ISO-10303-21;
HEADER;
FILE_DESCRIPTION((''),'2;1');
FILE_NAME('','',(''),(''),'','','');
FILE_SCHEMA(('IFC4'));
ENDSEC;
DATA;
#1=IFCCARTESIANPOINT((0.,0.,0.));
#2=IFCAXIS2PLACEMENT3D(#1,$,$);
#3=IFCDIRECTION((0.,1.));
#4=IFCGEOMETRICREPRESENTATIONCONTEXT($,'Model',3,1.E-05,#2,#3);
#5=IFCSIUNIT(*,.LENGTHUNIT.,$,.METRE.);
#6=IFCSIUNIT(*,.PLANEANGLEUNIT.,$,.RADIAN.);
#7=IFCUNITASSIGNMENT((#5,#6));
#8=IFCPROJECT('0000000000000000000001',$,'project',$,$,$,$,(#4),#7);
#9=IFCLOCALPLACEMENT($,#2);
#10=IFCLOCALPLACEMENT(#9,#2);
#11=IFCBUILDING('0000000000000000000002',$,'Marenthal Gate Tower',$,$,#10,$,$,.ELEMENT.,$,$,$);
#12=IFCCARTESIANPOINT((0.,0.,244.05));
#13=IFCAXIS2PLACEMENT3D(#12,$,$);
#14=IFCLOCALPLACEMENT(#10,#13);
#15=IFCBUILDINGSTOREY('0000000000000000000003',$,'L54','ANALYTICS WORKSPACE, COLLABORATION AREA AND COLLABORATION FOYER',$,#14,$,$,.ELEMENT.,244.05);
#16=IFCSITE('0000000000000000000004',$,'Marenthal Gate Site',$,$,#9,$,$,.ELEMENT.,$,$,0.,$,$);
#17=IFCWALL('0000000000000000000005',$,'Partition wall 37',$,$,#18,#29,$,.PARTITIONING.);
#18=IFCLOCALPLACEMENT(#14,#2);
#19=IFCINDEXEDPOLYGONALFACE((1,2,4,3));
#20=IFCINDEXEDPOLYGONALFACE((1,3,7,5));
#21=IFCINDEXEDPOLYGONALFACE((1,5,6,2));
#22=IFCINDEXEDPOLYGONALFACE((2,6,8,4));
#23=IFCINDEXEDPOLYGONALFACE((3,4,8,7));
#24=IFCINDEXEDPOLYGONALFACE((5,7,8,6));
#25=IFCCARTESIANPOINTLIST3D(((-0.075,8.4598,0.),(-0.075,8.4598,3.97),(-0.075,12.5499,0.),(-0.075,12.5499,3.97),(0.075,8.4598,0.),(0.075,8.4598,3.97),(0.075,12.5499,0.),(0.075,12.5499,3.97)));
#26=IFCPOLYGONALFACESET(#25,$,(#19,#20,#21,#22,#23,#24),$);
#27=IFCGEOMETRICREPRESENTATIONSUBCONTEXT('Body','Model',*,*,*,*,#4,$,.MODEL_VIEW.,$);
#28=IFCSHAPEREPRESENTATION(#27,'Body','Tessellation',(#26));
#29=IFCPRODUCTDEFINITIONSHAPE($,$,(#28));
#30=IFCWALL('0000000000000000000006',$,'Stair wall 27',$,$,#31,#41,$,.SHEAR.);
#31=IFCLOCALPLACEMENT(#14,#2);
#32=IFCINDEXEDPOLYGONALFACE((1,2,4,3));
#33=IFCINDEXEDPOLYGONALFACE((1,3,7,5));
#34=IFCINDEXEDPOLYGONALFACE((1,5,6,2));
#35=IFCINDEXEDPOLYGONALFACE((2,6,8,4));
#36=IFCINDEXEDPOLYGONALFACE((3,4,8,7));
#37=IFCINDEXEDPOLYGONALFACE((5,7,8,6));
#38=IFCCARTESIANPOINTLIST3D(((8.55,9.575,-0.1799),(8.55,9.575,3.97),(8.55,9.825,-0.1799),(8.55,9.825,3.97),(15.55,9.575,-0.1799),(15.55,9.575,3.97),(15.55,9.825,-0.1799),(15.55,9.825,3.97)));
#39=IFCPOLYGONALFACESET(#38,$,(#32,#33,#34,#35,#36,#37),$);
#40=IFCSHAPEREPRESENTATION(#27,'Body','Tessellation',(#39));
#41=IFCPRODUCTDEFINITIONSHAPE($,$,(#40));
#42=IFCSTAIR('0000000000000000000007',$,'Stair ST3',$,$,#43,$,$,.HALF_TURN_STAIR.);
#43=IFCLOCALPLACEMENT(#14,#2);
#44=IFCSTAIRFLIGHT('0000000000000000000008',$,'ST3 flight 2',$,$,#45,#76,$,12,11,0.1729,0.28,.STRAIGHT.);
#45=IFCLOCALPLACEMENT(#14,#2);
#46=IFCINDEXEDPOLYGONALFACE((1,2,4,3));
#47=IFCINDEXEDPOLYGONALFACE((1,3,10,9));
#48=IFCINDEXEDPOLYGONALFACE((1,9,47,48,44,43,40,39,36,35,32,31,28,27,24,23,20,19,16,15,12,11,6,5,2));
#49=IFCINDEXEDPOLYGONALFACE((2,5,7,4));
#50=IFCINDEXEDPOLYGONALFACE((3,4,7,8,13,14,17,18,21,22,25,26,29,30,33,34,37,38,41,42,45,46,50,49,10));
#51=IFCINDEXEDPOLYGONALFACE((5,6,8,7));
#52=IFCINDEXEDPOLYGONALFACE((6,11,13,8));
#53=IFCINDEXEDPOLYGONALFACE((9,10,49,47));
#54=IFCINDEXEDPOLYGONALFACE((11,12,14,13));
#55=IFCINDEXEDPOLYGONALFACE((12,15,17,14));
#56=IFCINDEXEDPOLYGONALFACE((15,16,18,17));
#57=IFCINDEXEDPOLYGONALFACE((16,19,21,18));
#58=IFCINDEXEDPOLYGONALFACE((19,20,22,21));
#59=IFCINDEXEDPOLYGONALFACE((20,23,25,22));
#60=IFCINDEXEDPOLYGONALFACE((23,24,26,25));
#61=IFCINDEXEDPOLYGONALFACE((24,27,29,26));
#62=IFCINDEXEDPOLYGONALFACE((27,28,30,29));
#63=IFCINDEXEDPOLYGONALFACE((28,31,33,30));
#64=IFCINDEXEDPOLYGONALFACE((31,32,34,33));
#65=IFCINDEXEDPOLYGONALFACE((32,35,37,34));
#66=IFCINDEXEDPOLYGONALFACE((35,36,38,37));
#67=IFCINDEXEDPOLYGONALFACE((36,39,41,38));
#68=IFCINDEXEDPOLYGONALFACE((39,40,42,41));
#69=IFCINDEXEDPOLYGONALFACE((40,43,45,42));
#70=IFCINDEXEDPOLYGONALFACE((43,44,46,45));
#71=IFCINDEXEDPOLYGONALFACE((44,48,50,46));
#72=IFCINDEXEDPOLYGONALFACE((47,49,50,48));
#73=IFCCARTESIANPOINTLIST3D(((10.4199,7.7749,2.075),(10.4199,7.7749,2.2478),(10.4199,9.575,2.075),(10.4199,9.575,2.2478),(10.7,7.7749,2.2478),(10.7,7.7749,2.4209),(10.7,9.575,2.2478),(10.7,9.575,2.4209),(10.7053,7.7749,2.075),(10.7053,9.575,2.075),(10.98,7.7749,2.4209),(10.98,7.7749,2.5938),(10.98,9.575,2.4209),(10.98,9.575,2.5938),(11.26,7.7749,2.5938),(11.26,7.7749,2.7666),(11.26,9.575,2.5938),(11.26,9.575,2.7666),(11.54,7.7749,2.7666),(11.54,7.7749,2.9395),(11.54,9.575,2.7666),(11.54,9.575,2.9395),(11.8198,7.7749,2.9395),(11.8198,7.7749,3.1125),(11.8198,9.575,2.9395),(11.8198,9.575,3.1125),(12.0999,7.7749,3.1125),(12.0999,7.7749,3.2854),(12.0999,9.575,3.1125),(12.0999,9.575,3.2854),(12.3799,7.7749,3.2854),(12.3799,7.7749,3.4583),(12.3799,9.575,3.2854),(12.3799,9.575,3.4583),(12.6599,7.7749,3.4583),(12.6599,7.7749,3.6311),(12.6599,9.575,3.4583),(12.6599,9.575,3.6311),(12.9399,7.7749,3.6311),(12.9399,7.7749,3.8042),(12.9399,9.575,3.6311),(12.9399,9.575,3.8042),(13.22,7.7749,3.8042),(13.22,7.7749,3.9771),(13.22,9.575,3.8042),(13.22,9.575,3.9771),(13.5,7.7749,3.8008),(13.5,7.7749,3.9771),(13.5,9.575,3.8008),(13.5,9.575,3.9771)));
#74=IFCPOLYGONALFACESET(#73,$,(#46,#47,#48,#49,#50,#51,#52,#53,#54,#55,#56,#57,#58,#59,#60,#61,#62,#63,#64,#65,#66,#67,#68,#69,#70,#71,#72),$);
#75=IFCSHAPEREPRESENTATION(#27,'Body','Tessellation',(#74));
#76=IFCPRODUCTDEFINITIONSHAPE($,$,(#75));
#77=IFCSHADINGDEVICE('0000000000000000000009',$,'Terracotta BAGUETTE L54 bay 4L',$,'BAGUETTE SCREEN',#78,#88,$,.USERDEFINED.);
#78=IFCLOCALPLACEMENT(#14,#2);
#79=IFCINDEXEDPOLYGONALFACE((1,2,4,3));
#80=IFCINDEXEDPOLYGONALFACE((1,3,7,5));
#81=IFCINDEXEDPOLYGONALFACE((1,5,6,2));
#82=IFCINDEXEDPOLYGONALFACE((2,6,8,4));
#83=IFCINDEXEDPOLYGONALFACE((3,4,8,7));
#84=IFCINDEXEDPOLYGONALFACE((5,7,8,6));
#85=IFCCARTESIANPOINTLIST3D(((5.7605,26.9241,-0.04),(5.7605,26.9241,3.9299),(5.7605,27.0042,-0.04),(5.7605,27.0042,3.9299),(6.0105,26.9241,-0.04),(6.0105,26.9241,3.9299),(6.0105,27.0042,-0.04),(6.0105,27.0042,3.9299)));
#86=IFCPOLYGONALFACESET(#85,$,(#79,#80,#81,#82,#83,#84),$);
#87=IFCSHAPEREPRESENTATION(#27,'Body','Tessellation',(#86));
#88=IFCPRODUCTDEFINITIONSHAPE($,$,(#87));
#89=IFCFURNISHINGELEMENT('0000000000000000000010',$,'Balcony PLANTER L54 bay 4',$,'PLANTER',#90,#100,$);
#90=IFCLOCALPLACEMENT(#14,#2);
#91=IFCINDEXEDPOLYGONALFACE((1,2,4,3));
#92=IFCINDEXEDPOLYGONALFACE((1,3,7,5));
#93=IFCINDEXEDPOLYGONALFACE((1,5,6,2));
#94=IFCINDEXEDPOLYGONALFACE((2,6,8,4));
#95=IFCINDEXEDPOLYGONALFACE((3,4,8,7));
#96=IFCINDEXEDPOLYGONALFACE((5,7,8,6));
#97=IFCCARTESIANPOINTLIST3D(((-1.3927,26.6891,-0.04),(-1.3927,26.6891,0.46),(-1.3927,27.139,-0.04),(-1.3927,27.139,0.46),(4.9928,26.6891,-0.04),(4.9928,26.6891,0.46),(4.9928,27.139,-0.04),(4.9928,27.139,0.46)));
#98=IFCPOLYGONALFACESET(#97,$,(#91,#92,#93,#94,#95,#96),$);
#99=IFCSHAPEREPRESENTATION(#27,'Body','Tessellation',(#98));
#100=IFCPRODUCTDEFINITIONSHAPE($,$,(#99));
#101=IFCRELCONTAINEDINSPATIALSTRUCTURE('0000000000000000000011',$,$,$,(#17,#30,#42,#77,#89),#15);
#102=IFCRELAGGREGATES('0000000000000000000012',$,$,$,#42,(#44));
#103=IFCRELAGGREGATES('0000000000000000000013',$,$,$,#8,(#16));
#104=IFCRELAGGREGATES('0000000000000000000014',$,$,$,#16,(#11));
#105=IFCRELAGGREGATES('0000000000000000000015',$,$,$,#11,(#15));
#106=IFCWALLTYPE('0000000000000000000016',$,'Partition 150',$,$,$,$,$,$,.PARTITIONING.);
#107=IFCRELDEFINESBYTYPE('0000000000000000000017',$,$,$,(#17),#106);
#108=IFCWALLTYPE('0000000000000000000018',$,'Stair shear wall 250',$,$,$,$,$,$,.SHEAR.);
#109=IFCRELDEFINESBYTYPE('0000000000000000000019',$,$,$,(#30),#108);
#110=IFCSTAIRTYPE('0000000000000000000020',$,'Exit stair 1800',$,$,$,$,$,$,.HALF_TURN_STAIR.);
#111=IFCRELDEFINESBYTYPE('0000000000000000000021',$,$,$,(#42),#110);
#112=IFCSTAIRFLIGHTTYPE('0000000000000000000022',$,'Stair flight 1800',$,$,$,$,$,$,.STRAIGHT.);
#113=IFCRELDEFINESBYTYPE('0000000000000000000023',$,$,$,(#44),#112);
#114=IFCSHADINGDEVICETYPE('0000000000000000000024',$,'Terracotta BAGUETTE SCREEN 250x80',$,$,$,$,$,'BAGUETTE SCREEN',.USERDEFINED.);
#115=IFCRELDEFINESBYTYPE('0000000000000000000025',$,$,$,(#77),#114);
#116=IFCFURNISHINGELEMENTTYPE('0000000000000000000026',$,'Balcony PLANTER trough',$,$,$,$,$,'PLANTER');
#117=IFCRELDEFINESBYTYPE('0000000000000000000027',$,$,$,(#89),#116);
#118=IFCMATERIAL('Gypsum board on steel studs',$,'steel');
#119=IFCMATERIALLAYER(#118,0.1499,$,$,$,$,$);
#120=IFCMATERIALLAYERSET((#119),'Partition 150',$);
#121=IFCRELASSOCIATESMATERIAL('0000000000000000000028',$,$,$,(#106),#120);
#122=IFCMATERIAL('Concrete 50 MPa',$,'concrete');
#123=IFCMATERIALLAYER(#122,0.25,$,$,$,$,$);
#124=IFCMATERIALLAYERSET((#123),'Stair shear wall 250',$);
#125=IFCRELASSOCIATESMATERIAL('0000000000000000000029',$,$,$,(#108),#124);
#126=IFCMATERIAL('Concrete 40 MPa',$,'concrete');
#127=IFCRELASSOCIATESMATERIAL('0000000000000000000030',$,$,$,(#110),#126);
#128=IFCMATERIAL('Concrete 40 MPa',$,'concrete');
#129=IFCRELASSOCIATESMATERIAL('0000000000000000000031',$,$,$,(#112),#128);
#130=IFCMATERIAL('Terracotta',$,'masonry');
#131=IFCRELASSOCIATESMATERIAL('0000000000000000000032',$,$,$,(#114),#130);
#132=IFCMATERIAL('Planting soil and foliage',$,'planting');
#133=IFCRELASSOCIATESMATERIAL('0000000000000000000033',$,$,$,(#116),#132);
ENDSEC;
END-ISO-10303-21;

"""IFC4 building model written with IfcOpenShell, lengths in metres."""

from ifc_helpers import new_model, si_unit, direction, frame, frame_2d, origin, origin_2d, place, context, subcontext, project, spatial, polyline, rectangle, outline, extrude, material, layer, layer_set, material_profile, profile_set, type_object, element, aggregate, save


model = new_model("IFC4")

# Units and contexts
model_context = context("Model", 3, precision=1e-05, world=origin(), true_north=direction((0.0, 1.0)))
body_context = subcontext(model_context, "Body", "Model", "MODEL_VIEW")
ifc_project = project(units=[si_unit("LENGTHUNIT", "METRE"), si_unit("PLANEANGLEUNIT", "RADIAN")], contexts=[model_context])

# Site, building, storey
site_placement = place(None, origin())
site = spatial("IfcSite", under=ifc_project, at=site_placement, Name="Marenthal Gate Site", CompositionType="ELEMENT", RefElevation=0.0)
building_placement = place(site_placement, origin())
building = spatial("IfcBuilding", under=site, at=building_placement, Name="Marenthal Gate Tower", CompositionType="ELEMENT")
storey_placement = place(building_placement, frame((0.0, 0.0, 244.05)))
storey = spatial("IfcBuildingStorey", under=building, at=storey_placement, Name="L54", Description="ANALYTICS WORKSPACE, COLLABORATION AREA AND COLLABORATION FOYER", CompositionType="ELEMENT", Elevation=244.05)

# Walls
ifc_material_1 = material(Name="Gypsum board on steel studs", Category="steel")
ifc_layer_1 = layer(ifc_material_1, 0.1499)
ifc_layer_set_1 = layer_set([ifc_layer_1], Name="Partition 150")
wall_type_1 = type_object("IfcWallType", Name="Partition 150", PredefinedType="PARTITIONING", material=ifc_layer_set_1)
wall_1_placement = place(storey_placement, frame((0.0, 8.46, 0.0), z_axis=(0.0, 0.0, 1.0), x_axis=(0.0, 1.0, 0.0)))
element("IfcWall", 1, at=wall_1_placement, inside=storey, type_object=wall_type_1, Name="Partition wall 37", PredefinedType="PARTITIONING", context=body_context, shape_type="SweptSolid", body=[
    extrude(rectangle(XDim=4.0901, YDim=0.1499, at=frame_2d((2.0449, 0.0))), origin(), (0.0, 0.0, 1.0), 3.97),
])
ifc_material_2 = material(Name="Concrete 50 MPa", Category="concrete")
ifc_layer_2 = layer(ifc_material_2, 0.25)
ifc_layer_set_2 = layer_set([ifc_layer_2], Name="Stair shear wall 250")
wall_type_2 = type_object("IfcWallType", Name="Stair shear wall 250", PredefinedType="SHEAR", material=ifc_layer_set_2)
wall_2_placement = place(storey_placement, frame((8.55, 9.7, -0.1799), z_axis=(0.0, 0.0, 1.0), x_axis=(1.0, 0.0, 0.0)))
element("IfcWall", 2, at=wall_2_placement, inside=storey, type_object=wall_type_2, Name="Stair wall 27", PredefinedType="SHEAR", context=body_context, shape_type="SweptSolid", body=[
    extrude(rectangle(XDim=7.0, YDim=0.25, at=frame_2d((3.5, 0.0))), origin(), (0.0, 0.0, 1.0), 4.1499),
])

# Stair, stair flight
ifc_material_3 = material(Name="Concrete 40 MPa", Category="concrete")
stair_type = type_object("IfcStairType", Name="Exit stair 1800", PredefinedType="HALF_TURN_STAIR", material=ifc_material_3)
stair_placement = place(storey_placement, origin())
stair = element("IfcStair", 3, at=stair_placement, inside=storey, type_object=stair_type, Name="Stair ST3", PredefinedType="HALF_TURN_STAIR")
ifc_material_4 = material(Name="Concrete 40 MPa", Category="concrete")
stair_flight_type = type_object("IfcStairFlightType", Name="Stair flight 1800", PredefinedType="STRAIGHT", material=ifc_material_4)
stair_flight_placement = place(storey_placement, frame((10.4199, 8.675, 2.075), z_axis=(0.0, 0.0, 1.0), x_axis=(1.0, 0.0, 0.0)))
stair_flight = element("IfcStairFlight", 4, at=stair_flight_placement, type_object=stair_flight_type, Name="ST3 flight 2", NumberOfRisers=12, NumberOfTreads=11, PredefinedType="STRAIGHT", RiserHeight=0.1729, TreadLength=0.28, context=body_context, shape_type="SweptSolid", body=[
    extrude(outline(polyline([(0.0, 0.0), (0.0, 0.1729), (0.28, 0.1729), (0.28, 0.3459), (0.5601, 0.3459), (0.5601, 0.5188), (0.8401, 0.5188), (0.8401, 0.6917), (1.1201, 0.6917), (1.1201, 0.8645), (1.3999, 0.8645), (1.3999, 1.0376), (1.6799, 1.0376), (1.6799, 1.2104), (1.96, 1.2104), (1.96, 1.3833), (2.24, 1.3833), (2.24, 1.5562), (2.52, 1.5562), (2.52, 1.7292), (2.8, 1.7292), (2.8, 1.9021), (3.0801, 1.9021), (3.0801, 2.075), (3.0801, 1.7258), (0.2854, 0.0), (0.0, 0.0)])), frame((0.0, 0.8999, 0.0), z_axis=(0.0, -1.0, 0.0), x_axis=(1.0, 0.0, 0.0)), (0.0, 0.0, 1.0), 1.8),
])
aggregate(stair, [stair_flight])

# Shading device
ifc_material_5 = material(Name="Terracotta", Category="masonry")
ifc_material_profile_1 = material_profile(ifc_material_5, rectangle(XDim=0.25, YDim=0.0801, at=origin_2d()), Name="Terracotta baguette 250x80")
ifc_profile_set_1 = profile_set([ifc_material_profile_1], Name="Terracotta")
shading_device_type = type_object("IfcShadingDeviceType", Name="Terracotta BAGUETTE SCREEN 250x80", ElementType="BAGUETTE SCREEN", PredefinedType="USERDEFINED", material=ifc_profile_set_1)
shading_device_placement = place(storey_placement, frame((5.8855, 26.9641, -0.04), z_axis=(0.0, 0.0, 1.0), x_axis=(-1.0, 0.0, 0.0)))
element("IfcShadingDevice", 5, at=shading_device_placement, inside=storey, type_object=shading_device_type, Name="Terracotta BAGUETTE L54 bay 4L", ObjectType="BAGUETTE SCREEN", PredefinedType="USERDEFINED", context=body_context, shape_type="SweptSolid", body=[
    extrude(rectangle(XDim=0.25, YDim=0.0801, at=origin_2d()), origin(), (0.0, 0.0, 1.0), 3.97),
])

# Furnishing element
ifc_material_6 = material(Name="Planting soil and foliage", Category="planting")
furnishing_element_type = type_object("IfcFurnishingElementType", Name="Balcony PLANTER trough", ElementType="PLANTER", material=ifc_material_6)
furnishing_placement = place(storey_placement, frame((1.8, 26.9141, -0.04), z_axis=(0.0, 0.0, 1.0), x_axis=(-1.0, 0.0, 0.0)))
element("IfcFurnishingElement", 6, at=furnishing_placement, inside=storey, type_object=furnishing_element_type, Name="Balcony PLANTER L54 bay 4", ObjectType="PLANTER", context=body_context, shape_type="SweptSolid", body=[
    extrude(rectangle(XDim=6.3855, YDim=0.45, at=origin_2d()), origin(), (0.0, 0.0, 1.0), 0.5),
])

save(model, "model.ifc")
